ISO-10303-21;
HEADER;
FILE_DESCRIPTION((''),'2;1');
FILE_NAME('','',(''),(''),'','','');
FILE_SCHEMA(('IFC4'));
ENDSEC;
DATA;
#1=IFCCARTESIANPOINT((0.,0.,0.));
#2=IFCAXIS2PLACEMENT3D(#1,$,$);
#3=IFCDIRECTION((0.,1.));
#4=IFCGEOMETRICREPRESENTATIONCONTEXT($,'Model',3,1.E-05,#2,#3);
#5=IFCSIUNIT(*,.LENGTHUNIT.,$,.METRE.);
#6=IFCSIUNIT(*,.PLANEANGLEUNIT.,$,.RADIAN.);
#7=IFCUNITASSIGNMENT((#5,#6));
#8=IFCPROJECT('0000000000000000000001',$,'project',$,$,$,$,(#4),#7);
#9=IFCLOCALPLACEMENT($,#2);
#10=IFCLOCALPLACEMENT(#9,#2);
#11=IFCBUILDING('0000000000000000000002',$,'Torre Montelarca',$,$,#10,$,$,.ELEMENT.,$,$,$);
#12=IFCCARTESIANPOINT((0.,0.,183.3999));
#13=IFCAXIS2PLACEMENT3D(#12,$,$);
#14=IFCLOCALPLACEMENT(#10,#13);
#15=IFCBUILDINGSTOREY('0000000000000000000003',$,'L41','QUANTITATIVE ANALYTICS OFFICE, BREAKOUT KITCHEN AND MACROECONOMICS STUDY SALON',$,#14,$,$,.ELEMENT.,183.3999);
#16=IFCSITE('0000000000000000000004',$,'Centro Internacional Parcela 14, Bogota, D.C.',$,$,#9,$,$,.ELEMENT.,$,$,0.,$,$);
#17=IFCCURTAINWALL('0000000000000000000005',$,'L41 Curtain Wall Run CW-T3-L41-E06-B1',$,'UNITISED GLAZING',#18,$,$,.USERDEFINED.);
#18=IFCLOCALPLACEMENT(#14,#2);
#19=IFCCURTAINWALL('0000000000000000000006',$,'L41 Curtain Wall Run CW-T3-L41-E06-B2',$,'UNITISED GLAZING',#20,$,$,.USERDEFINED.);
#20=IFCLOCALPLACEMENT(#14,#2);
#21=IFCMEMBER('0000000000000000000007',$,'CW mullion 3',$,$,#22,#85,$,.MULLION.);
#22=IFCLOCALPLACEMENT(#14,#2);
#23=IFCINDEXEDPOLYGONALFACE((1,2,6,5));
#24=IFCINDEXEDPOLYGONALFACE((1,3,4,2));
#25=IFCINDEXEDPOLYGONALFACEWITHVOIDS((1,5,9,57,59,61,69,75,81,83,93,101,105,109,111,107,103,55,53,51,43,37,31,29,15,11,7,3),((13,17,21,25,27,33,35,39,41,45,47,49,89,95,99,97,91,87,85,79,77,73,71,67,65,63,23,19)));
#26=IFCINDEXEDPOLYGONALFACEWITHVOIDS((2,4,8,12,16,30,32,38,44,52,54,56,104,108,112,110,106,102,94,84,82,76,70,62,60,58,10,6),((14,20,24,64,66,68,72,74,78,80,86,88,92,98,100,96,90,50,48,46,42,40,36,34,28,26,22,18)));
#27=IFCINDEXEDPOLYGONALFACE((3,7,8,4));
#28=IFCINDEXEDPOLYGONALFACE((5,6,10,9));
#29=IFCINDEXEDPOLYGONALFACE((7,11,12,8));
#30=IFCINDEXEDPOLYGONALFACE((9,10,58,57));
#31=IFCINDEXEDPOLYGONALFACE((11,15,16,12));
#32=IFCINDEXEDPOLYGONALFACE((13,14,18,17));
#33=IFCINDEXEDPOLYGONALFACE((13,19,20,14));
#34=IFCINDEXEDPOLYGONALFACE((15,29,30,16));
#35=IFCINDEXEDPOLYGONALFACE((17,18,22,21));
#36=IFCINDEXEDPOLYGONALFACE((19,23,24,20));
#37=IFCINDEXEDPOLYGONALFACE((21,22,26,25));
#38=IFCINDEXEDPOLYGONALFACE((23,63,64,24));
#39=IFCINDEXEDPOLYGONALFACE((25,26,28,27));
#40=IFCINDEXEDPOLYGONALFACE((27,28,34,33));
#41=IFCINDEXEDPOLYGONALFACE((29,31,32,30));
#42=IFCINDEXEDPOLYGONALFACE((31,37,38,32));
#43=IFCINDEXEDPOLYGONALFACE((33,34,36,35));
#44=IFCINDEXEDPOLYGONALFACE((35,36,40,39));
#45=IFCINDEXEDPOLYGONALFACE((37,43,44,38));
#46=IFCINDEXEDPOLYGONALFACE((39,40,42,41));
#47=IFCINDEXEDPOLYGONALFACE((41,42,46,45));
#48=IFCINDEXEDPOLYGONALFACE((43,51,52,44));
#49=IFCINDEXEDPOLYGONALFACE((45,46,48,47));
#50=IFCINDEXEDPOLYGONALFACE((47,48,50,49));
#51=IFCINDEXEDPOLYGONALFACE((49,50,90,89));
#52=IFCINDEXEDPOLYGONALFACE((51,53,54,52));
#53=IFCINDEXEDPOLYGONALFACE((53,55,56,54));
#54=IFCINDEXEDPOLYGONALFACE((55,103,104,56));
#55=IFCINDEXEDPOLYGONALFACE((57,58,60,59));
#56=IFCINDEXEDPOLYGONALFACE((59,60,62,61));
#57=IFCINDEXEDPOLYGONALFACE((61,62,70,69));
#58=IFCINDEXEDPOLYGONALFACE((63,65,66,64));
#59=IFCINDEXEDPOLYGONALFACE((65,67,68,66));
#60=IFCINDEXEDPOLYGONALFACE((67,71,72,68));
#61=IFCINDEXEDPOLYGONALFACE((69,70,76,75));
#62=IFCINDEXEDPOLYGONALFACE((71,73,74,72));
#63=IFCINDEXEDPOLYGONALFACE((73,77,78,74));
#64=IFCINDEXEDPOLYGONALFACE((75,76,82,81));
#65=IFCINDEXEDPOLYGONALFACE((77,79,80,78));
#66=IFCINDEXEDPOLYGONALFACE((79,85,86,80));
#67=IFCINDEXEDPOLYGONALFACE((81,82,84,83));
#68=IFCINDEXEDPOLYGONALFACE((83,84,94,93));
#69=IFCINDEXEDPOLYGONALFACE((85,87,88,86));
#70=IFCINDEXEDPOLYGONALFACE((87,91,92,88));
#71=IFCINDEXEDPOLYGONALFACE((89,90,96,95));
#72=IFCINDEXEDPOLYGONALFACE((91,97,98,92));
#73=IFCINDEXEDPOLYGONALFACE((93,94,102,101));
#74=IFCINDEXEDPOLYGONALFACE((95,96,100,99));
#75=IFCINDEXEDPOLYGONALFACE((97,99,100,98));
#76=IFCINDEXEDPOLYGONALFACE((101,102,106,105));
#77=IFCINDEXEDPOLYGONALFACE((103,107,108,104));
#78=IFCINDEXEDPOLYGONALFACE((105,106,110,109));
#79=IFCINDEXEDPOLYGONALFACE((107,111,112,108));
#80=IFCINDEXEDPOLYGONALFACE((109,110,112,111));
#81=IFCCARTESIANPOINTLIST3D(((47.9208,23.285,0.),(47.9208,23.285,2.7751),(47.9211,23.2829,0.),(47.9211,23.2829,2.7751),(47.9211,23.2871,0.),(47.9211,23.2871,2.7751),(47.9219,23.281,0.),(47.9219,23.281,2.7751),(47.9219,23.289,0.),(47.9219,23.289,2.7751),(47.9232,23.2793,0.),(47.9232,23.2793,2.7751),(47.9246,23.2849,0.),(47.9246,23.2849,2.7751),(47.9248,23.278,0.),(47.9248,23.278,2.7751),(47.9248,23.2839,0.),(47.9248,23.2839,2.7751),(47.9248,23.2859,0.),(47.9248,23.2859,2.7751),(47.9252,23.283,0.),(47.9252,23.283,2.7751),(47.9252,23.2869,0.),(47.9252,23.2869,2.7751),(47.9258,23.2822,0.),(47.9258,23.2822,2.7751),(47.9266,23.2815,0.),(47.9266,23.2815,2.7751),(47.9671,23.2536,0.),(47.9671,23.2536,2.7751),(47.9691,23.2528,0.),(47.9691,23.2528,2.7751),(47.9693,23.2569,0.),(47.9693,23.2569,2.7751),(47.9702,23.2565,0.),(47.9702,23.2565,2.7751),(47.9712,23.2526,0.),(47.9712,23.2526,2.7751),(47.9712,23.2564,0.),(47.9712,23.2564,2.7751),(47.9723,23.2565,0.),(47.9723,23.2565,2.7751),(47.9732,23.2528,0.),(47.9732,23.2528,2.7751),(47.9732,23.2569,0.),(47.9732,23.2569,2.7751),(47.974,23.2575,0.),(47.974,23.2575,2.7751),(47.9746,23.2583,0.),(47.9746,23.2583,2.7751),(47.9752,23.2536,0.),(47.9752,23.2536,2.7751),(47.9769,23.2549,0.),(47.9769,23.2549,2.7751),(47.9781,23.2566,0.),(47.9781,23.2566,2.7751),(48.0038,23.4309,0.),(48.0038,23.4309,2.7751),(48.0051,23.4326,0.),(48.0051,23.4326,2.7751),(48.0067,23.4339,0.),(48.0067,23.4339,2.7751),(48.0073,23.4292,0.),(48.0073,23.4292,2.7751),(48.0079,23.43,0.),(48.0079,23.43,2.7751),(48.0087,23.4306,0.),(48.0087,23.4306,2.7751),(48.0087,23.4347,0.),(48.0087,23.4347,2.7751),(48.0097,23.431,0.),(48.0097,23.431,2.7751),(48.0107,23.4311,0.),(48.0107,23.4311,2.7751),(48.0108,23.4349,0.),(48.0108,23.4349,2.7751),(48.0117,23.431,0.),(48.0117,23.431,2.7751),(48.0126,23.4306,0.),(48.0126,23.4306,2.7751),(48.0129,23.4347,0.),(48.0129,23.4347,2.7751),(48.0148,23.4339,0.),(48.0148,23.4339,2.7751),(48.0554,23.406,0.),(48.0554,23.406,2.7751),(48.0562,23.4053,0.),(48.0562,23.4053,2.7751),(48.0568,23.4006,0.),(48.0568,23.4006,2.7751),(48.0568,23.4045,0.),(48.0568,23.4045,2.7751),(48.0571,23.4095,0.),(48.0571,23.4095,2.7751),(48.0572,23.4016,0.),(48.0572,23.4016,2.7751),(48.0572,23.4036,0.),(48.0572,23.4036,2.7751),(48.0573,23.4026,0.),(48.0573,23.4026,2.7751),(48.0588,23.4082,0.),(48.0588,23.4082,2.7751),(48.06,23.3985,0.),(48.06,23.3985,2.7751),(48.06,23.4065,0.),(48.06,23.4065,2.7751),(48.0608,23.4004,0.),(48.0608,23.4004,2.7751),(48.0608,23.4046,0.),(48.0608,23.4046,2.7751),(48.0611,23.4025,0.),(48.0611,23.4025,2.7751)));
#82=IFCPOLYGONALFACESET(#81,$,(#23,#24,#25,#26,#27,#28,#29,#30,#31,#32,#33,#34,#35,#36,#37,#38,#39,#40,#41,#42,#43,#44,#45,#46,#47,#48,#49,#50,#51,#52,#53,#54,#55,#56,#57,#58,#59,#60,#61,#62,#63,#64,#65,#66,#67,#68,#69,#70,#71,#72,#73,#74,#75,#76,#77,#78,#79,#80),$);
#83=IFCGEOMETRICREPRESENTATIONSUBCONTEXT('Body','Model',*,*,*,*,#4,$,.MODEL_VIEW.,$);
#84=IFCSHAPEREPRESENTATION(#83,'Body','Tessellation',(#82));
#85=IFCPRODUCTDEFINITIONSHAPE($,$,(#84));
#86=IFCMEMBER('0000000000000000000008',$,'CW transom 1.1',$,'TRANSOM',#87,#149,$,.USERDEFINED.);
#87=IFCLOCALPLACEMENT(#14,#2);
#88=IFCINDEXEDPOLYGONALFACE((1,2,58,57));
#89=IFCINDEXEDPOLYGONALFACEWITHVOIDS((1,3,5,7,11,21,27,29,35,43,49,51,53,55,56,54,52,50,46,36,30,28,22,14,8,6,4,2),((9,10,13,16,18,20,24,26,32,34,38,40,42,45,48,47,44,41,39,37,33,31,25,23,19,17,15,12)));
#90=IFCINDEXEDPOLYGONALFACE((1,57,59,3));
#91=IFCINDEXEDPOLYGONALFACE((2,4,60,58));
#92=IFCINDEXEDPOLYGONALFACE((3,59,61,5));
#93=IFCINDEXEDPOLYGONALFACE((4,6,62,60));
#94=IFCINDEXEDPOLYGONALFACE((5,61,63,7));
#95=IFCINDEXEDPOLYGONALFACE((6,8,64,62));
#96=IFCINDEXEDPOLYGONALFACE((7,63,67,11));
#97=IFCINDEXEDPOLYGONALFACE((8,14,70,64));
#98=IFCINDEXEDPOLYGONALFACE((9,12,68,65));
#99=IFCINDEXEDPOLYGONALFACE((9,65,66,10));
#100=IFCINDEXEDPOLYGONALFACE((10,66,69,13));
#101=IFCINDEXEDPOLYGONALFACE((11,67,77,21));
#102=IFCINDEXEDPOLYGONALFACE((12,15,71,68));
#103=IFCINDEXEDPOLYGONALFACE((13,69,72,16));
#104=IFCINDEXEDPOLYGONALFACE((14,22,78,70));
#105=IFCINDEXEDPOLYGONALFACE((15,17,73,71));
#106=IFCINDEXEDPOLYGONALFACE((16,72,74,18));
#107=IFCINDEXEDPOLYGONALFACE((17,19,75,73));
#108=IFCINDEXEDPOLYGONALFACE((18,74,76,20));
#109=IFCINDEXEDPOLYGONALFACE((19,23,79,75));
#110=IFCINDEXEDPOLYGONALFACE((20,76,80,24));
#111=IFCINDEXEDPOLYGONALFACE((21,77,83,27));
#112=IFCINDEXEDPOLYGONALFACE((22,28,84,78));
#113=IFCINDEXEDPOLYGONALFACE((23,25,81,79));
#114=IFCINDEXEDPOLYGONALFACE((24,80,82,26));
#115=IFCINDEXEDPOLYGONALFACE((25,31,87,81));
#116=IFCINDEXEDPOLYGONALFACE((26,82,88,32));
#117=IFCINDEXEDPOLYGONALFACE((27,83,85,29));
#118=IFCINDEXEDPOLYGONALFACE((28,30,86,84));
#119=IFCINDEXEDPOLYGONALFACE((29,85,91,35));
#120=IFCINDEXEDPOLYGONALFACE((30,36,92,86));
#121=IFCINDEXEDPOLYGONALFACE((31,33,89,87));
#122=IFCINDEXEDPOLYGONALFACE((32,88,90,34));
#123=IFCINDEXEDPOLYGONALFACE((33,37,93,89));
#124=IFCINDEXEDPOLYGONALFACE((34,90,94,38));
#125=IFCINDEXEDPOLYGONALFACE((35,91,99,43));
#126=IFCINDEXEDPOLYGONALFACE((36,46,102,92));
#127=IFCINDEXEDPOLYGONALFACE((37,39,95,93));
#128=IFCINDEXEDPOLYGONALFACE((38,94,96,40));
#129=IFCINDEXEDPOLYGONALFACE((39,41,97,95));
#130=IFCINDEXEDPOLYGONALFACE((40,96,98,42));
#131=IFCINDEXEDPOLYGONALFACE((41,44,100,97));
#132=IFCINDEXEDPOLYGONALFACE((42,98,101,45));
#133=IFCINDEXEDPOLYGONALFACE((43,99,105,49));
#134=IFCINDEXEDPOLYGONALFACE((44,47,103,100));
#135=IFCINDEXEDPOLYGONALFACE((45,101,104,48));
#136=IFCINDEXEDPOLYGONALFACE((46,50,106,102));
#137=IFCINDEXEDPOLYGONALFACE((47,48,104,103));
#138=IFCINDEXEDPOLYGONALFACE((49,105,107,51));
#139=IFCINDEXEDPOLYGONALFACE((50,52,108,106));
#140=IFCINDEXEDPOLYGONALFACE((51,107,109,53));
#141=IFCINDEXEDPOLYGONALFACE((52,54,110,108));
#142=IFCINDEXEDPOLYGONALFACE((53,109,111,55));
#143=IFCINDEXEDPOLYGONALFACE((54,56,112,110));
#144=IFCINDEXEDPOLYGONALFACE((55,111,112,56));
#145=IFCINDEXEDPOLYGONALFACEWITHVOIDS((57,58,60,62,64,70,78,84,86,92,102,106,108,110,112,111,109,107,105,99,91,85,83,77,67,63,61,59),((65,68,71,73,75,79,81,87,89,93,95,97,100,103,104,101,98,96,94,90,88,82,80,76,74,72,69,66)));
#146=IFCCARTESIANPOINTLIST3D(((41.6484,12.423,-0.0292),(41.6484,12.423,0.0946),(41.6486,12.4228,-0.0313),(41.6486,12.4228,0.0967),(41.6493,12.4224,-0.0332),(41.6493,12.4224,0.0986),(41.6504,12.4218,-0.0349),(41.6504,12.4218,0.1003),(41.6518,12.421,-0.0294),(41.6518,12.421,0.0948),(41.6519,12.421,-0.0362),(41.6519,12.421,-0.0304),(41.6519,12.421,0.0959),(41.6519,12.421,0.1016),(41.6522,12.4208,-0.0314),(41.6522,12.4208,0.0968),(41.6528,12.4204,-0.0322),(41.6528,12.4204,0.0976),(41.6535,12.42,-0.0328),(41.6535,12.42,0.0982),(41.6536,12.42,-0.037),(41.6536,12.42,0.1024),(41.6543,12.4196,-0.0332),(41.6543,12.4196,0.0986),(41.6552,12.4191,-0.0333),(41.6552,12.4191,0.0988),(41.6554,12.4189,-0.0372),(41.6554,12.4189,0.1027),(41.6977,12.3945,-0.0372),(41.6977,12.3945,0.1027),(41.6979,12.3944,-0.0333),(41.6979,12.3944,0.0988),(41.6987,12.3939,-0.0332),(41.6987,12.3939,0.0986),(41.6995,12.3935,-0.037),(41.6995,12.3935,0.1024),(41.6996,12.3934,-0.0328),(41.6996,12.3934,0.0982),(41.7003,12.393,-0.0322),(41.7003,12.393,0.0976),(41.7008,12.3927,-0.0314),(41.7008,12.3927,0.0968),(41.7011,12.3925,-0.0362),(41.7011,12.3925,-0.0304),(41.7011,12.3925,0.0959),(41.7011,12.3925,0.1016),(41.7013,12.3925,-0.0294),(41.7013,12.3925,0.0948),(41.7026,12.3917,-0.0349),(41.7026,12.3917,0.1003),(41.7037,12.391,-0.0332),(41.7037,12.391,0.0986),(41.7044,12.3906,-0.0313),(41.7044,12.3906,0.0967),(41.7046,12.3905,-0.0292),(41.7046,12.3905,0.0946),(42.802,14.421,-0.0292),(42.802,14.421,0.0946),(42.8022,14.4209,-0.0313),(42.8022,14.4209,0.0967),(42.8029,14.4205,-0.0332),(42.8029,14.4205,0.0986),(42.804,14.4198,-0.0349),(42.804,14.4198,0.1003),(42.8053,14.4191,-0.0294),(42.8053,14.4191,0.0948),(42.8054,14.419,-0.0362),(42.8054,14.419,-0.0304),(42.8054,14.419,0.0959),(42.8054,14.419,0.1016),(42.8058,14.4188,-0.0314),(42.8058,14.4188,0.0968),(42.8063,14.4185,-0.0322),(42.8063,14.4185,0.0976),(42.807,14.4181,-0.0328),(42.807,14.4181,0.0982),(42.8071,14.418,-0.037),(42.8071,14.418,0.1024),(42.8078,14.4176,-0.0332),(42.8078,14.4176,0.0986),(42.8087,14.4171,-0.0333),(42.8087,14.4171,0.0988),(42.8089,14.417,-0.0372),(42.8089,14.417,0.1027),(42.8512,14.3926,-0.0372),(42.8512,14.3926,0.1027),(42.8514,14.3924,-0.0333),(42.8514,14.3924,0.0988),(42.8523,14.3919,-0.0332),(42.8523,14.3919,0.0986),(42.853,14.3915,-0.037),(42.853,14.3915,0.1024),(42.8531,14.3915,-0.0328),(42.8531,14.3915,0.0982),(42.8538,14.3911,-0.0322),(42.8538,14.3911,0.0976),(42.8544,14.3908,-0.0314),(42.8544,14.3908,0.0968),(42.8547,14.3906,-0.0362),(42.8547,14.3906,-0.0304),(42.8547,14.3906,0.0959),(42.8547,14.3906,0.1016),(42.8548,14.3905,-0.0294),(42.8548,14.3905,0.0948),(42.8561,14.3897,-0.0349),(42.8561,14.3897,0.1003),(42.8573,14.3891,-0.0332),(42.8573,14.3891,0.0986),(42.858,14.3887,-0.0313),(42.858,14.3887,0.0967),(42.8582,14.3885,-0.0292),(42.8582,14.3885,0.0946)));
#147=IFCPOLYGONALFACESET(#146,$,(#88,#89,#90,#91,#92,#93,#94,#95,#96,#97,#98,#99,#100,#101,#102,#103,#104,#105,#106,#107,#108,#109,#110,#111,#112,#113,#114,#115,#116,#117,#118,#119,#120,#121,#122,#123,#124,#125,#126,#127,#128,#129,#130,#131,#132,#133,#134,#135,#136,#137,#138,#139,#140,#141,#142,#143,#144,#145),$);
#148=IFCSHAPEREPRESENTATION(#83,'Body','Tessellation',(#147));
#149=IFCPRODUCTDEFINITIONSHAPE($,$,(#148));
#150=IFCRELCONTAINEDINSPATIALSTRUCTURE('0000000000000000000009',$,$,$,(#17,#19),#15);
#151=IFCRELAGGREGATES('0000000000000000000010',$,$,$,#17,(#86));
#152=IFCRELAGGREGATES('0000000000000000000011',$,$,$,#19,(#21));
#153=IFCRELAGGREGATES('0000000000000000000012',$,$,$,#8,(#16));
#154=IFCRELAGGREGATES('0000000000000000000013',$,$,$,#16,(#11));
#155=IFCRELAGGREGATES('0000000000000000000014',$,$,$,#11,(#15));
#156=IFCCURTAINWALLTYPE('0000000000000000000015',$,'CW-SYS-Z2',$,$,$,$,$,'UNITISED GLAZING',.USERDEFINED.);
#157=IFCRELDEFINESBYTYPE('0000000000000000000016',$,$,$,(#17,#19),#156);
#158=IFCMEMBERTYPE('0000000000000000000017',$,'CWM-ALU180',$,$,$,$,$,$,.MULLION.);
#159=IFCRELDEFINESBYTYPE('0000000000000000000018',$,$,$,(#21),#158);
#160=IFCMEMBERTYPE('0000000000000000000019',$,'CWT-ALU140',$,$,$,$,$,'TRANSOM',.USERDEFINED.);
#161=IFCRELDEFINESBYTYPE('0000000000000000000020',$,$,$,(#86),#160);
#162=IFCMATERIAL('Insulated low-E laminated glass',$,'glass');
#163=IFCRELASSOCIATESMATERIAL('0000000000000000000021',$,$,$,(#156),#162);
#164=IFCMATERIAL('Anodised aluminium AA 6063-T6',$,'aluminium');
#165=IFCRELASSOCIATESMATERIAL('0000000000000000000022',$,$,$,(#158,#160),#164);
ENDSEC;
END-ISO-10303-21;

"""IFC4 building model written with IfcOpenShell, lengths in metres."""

from ifc_helpers import new_model, si_unit, direction, frame, origin, origin_2d, place, context, subcontext, project, spatial, hollow_rectangle, extrude, source, transform, mapped, material, material_profile, profile_set, type_object, element, aggregate, save


model = new_model("IFC4")

# Units and contexts
model_context = context("Model", 3, precision=1e-05, world=origin(), true_north=direction((0.0, 1.0)))
body_context = subcontext(model_context, "Body", "Model", "MODEL_VIEW")
ifc_project = project(units=[si_unit("LENGTHUNIT", "METRE"), si_unit("PLANEANGLEUNIT", "RADIAN")], contexts=[model_context])

# Site, building, storey
site_placement = place(None, origin())
site = spatial("IfcSite", under=ifc_project, at=site_placement, Name="Centro Internacional Parcela 14, Bogota, D.C.", CompositionType="ELEMENT", RefElevation=0.0)
building_placement = place(site_placement, origin())
building = spatial("IfcBuilding", under=site, at=building_placement, Name="Torre Montelarca", CompositionType="ELEMENT")
storey_placement = place(building_placement, frame((0.0, 0.0, 183.3999)))
storey = spatial("IfcBuildingStorey", under=building, at=storey_placement, Name="L41", Description="QUANTITATIVE ANALYTICS OFFICE, BREAKOUT KITCHEN AND MACROECONOMICS STUDY SALON", CompositionType="ELEMENT", Elevation=183.3999)

# Curtain walls, member
ifc_material_1 = material(Name="Insulated low-E laminated glass", Category="glass")
curtain_wall_type = type_object("IfcCurtainWallType", Name="CW-SYS-Z2", ElementType="UNITISED GLAZING", PredefinedType="USERDEFINED", material=ifc_material_1)
curtain_wall_1_placement = place(storey_placement, origin())
curtain_wall_1 = element("IfcCurtainWall", 1, at=curtain_wall_1_placement, inside=storey, type_object=curtain_wall_type, Name="L41 Curtain Wall Run CW-T3-L41-E06-B1", ObjectType="UNITISED GLAZING", PredefinedType="USERDEFINED")
ifc_material_2 = material(Name="Anodised aluminium AA 6063-T6", Category="aluminium")
ifc_material_profile_1 = material_profile(ifc_material_2, hollow_rectangle(XDim=0.0649, YDim=0.1799, WallThickness=0.0039, InnerFilletRadius=0.0039, OuterFilletRadius=0.0081, at=origin_2d()), Name="ALU65X180X4", Category="aluminium")
ifc_profile_set_1 = profile_set([ifc_material_profile_1], Name="Anodised aluminium AA 6063-T6")
member_type_1 = type_object("IfcMemberType", Name="CWM-ALU180", PredefinedType="MULLION", material=ifc_profile_set_1)
shared_shape_1 = source(origin(), body_context, "Body", "SweptSolid", [
    extrude(hollow_rectangle(XDim=0.0649, YDim=0.1799, WallThickness=0.0039, InnerFilletRadius=0.0039, OuterFilletRadius=0.0081, at=origin_2d()), origin(), (0.0, 0.0, 1.0), 2.7751),
])
curtain_wall_2_placement = place(storey_placement, origin())
curtain_wall_2 = element("IfcCurtainWall", 2, at=curtain_wall_2_placement, inside=storey, type_object=curtain_wall_type, Name="L41 Curtain Wall Run CW-T3-L41-E06-B2", ObjectType="UNITISED GLAZING", PredefinedType="USERDEFINED")
member_1_placement = place(storey_placement, frame((47.991, 23.3438, 0.0), z_axis=(0.0, 0.0, 1.0), x_axis=(-0.866029, 0.499994, 0.0)))
member_1 = element("IfcMember", 3, at=member_1_placement, type_object=member_type_1, Name="CW mullion 3", PredefinedType="MULLION", context=body_context, shape_type="MappedRepresentation", body=[
    mapped(shared_shape_1, transform((0.0, 0.0, 0.0), scale=1.0)),
])

# Member
ifc_material_profile_2 = material_profile(ifc_material_2, hollow_rectangle(XDim=0.0649, YDim=0.1399, WallThickness=0.0039, InnerFilletRadius=0.0039, OuterFilletRadius=0.0081, at=origin_2d()), Name="ALU65X140X4", Category="aluminium")
ifc_profile_set_2 = profile_set([ifc_material_profile_2], Name="Anodised aluminium AA 6063-T6")
member_type_2 = type_object("IfcMemberType", Name="CWT-ALU140", ElementType="TRANSOM", PredefinedType="USERDEFINED", material=ifc_profile_set_2)
shared_shape_2 = source(origin(), body_context, "Body", "SweptSolid", [
    extrude(hollow_rectangle(XDim=0.0649, YDim=0.1399, WallThickness=0.0039, InnerFilletRadius=0.0039, OuterFilletRadius=0.0081, at=origin_2d()), origin(), (0.0, 0.0, 1.0), 2.3071),
])
member_2_placement = place(storey_placement, frame((41.6765, 12.4067, 0.0327), z_axis=(0.499997, 0.866027, 0.0), x_axis=(-0.866027, 0.499997, 0.0)))
member_2 = element("IfcMember", 4, at=member_2_placement, type_object=member_type_2, Name="CW transom 1.1", ObjectType="TRANSOM", PredefinedType="USERDEFINED", context=body_context, shape_type="MappedRepresentation", body=[
    mapped(shared_shape_2, transform((0.0, 0.0, 0.0), scale=1.0)),
])

aggregate(curtain_wall_1, [member_2])
aggregate(curtain_wall_2, [member_1])

save(model, "model.ifc")
